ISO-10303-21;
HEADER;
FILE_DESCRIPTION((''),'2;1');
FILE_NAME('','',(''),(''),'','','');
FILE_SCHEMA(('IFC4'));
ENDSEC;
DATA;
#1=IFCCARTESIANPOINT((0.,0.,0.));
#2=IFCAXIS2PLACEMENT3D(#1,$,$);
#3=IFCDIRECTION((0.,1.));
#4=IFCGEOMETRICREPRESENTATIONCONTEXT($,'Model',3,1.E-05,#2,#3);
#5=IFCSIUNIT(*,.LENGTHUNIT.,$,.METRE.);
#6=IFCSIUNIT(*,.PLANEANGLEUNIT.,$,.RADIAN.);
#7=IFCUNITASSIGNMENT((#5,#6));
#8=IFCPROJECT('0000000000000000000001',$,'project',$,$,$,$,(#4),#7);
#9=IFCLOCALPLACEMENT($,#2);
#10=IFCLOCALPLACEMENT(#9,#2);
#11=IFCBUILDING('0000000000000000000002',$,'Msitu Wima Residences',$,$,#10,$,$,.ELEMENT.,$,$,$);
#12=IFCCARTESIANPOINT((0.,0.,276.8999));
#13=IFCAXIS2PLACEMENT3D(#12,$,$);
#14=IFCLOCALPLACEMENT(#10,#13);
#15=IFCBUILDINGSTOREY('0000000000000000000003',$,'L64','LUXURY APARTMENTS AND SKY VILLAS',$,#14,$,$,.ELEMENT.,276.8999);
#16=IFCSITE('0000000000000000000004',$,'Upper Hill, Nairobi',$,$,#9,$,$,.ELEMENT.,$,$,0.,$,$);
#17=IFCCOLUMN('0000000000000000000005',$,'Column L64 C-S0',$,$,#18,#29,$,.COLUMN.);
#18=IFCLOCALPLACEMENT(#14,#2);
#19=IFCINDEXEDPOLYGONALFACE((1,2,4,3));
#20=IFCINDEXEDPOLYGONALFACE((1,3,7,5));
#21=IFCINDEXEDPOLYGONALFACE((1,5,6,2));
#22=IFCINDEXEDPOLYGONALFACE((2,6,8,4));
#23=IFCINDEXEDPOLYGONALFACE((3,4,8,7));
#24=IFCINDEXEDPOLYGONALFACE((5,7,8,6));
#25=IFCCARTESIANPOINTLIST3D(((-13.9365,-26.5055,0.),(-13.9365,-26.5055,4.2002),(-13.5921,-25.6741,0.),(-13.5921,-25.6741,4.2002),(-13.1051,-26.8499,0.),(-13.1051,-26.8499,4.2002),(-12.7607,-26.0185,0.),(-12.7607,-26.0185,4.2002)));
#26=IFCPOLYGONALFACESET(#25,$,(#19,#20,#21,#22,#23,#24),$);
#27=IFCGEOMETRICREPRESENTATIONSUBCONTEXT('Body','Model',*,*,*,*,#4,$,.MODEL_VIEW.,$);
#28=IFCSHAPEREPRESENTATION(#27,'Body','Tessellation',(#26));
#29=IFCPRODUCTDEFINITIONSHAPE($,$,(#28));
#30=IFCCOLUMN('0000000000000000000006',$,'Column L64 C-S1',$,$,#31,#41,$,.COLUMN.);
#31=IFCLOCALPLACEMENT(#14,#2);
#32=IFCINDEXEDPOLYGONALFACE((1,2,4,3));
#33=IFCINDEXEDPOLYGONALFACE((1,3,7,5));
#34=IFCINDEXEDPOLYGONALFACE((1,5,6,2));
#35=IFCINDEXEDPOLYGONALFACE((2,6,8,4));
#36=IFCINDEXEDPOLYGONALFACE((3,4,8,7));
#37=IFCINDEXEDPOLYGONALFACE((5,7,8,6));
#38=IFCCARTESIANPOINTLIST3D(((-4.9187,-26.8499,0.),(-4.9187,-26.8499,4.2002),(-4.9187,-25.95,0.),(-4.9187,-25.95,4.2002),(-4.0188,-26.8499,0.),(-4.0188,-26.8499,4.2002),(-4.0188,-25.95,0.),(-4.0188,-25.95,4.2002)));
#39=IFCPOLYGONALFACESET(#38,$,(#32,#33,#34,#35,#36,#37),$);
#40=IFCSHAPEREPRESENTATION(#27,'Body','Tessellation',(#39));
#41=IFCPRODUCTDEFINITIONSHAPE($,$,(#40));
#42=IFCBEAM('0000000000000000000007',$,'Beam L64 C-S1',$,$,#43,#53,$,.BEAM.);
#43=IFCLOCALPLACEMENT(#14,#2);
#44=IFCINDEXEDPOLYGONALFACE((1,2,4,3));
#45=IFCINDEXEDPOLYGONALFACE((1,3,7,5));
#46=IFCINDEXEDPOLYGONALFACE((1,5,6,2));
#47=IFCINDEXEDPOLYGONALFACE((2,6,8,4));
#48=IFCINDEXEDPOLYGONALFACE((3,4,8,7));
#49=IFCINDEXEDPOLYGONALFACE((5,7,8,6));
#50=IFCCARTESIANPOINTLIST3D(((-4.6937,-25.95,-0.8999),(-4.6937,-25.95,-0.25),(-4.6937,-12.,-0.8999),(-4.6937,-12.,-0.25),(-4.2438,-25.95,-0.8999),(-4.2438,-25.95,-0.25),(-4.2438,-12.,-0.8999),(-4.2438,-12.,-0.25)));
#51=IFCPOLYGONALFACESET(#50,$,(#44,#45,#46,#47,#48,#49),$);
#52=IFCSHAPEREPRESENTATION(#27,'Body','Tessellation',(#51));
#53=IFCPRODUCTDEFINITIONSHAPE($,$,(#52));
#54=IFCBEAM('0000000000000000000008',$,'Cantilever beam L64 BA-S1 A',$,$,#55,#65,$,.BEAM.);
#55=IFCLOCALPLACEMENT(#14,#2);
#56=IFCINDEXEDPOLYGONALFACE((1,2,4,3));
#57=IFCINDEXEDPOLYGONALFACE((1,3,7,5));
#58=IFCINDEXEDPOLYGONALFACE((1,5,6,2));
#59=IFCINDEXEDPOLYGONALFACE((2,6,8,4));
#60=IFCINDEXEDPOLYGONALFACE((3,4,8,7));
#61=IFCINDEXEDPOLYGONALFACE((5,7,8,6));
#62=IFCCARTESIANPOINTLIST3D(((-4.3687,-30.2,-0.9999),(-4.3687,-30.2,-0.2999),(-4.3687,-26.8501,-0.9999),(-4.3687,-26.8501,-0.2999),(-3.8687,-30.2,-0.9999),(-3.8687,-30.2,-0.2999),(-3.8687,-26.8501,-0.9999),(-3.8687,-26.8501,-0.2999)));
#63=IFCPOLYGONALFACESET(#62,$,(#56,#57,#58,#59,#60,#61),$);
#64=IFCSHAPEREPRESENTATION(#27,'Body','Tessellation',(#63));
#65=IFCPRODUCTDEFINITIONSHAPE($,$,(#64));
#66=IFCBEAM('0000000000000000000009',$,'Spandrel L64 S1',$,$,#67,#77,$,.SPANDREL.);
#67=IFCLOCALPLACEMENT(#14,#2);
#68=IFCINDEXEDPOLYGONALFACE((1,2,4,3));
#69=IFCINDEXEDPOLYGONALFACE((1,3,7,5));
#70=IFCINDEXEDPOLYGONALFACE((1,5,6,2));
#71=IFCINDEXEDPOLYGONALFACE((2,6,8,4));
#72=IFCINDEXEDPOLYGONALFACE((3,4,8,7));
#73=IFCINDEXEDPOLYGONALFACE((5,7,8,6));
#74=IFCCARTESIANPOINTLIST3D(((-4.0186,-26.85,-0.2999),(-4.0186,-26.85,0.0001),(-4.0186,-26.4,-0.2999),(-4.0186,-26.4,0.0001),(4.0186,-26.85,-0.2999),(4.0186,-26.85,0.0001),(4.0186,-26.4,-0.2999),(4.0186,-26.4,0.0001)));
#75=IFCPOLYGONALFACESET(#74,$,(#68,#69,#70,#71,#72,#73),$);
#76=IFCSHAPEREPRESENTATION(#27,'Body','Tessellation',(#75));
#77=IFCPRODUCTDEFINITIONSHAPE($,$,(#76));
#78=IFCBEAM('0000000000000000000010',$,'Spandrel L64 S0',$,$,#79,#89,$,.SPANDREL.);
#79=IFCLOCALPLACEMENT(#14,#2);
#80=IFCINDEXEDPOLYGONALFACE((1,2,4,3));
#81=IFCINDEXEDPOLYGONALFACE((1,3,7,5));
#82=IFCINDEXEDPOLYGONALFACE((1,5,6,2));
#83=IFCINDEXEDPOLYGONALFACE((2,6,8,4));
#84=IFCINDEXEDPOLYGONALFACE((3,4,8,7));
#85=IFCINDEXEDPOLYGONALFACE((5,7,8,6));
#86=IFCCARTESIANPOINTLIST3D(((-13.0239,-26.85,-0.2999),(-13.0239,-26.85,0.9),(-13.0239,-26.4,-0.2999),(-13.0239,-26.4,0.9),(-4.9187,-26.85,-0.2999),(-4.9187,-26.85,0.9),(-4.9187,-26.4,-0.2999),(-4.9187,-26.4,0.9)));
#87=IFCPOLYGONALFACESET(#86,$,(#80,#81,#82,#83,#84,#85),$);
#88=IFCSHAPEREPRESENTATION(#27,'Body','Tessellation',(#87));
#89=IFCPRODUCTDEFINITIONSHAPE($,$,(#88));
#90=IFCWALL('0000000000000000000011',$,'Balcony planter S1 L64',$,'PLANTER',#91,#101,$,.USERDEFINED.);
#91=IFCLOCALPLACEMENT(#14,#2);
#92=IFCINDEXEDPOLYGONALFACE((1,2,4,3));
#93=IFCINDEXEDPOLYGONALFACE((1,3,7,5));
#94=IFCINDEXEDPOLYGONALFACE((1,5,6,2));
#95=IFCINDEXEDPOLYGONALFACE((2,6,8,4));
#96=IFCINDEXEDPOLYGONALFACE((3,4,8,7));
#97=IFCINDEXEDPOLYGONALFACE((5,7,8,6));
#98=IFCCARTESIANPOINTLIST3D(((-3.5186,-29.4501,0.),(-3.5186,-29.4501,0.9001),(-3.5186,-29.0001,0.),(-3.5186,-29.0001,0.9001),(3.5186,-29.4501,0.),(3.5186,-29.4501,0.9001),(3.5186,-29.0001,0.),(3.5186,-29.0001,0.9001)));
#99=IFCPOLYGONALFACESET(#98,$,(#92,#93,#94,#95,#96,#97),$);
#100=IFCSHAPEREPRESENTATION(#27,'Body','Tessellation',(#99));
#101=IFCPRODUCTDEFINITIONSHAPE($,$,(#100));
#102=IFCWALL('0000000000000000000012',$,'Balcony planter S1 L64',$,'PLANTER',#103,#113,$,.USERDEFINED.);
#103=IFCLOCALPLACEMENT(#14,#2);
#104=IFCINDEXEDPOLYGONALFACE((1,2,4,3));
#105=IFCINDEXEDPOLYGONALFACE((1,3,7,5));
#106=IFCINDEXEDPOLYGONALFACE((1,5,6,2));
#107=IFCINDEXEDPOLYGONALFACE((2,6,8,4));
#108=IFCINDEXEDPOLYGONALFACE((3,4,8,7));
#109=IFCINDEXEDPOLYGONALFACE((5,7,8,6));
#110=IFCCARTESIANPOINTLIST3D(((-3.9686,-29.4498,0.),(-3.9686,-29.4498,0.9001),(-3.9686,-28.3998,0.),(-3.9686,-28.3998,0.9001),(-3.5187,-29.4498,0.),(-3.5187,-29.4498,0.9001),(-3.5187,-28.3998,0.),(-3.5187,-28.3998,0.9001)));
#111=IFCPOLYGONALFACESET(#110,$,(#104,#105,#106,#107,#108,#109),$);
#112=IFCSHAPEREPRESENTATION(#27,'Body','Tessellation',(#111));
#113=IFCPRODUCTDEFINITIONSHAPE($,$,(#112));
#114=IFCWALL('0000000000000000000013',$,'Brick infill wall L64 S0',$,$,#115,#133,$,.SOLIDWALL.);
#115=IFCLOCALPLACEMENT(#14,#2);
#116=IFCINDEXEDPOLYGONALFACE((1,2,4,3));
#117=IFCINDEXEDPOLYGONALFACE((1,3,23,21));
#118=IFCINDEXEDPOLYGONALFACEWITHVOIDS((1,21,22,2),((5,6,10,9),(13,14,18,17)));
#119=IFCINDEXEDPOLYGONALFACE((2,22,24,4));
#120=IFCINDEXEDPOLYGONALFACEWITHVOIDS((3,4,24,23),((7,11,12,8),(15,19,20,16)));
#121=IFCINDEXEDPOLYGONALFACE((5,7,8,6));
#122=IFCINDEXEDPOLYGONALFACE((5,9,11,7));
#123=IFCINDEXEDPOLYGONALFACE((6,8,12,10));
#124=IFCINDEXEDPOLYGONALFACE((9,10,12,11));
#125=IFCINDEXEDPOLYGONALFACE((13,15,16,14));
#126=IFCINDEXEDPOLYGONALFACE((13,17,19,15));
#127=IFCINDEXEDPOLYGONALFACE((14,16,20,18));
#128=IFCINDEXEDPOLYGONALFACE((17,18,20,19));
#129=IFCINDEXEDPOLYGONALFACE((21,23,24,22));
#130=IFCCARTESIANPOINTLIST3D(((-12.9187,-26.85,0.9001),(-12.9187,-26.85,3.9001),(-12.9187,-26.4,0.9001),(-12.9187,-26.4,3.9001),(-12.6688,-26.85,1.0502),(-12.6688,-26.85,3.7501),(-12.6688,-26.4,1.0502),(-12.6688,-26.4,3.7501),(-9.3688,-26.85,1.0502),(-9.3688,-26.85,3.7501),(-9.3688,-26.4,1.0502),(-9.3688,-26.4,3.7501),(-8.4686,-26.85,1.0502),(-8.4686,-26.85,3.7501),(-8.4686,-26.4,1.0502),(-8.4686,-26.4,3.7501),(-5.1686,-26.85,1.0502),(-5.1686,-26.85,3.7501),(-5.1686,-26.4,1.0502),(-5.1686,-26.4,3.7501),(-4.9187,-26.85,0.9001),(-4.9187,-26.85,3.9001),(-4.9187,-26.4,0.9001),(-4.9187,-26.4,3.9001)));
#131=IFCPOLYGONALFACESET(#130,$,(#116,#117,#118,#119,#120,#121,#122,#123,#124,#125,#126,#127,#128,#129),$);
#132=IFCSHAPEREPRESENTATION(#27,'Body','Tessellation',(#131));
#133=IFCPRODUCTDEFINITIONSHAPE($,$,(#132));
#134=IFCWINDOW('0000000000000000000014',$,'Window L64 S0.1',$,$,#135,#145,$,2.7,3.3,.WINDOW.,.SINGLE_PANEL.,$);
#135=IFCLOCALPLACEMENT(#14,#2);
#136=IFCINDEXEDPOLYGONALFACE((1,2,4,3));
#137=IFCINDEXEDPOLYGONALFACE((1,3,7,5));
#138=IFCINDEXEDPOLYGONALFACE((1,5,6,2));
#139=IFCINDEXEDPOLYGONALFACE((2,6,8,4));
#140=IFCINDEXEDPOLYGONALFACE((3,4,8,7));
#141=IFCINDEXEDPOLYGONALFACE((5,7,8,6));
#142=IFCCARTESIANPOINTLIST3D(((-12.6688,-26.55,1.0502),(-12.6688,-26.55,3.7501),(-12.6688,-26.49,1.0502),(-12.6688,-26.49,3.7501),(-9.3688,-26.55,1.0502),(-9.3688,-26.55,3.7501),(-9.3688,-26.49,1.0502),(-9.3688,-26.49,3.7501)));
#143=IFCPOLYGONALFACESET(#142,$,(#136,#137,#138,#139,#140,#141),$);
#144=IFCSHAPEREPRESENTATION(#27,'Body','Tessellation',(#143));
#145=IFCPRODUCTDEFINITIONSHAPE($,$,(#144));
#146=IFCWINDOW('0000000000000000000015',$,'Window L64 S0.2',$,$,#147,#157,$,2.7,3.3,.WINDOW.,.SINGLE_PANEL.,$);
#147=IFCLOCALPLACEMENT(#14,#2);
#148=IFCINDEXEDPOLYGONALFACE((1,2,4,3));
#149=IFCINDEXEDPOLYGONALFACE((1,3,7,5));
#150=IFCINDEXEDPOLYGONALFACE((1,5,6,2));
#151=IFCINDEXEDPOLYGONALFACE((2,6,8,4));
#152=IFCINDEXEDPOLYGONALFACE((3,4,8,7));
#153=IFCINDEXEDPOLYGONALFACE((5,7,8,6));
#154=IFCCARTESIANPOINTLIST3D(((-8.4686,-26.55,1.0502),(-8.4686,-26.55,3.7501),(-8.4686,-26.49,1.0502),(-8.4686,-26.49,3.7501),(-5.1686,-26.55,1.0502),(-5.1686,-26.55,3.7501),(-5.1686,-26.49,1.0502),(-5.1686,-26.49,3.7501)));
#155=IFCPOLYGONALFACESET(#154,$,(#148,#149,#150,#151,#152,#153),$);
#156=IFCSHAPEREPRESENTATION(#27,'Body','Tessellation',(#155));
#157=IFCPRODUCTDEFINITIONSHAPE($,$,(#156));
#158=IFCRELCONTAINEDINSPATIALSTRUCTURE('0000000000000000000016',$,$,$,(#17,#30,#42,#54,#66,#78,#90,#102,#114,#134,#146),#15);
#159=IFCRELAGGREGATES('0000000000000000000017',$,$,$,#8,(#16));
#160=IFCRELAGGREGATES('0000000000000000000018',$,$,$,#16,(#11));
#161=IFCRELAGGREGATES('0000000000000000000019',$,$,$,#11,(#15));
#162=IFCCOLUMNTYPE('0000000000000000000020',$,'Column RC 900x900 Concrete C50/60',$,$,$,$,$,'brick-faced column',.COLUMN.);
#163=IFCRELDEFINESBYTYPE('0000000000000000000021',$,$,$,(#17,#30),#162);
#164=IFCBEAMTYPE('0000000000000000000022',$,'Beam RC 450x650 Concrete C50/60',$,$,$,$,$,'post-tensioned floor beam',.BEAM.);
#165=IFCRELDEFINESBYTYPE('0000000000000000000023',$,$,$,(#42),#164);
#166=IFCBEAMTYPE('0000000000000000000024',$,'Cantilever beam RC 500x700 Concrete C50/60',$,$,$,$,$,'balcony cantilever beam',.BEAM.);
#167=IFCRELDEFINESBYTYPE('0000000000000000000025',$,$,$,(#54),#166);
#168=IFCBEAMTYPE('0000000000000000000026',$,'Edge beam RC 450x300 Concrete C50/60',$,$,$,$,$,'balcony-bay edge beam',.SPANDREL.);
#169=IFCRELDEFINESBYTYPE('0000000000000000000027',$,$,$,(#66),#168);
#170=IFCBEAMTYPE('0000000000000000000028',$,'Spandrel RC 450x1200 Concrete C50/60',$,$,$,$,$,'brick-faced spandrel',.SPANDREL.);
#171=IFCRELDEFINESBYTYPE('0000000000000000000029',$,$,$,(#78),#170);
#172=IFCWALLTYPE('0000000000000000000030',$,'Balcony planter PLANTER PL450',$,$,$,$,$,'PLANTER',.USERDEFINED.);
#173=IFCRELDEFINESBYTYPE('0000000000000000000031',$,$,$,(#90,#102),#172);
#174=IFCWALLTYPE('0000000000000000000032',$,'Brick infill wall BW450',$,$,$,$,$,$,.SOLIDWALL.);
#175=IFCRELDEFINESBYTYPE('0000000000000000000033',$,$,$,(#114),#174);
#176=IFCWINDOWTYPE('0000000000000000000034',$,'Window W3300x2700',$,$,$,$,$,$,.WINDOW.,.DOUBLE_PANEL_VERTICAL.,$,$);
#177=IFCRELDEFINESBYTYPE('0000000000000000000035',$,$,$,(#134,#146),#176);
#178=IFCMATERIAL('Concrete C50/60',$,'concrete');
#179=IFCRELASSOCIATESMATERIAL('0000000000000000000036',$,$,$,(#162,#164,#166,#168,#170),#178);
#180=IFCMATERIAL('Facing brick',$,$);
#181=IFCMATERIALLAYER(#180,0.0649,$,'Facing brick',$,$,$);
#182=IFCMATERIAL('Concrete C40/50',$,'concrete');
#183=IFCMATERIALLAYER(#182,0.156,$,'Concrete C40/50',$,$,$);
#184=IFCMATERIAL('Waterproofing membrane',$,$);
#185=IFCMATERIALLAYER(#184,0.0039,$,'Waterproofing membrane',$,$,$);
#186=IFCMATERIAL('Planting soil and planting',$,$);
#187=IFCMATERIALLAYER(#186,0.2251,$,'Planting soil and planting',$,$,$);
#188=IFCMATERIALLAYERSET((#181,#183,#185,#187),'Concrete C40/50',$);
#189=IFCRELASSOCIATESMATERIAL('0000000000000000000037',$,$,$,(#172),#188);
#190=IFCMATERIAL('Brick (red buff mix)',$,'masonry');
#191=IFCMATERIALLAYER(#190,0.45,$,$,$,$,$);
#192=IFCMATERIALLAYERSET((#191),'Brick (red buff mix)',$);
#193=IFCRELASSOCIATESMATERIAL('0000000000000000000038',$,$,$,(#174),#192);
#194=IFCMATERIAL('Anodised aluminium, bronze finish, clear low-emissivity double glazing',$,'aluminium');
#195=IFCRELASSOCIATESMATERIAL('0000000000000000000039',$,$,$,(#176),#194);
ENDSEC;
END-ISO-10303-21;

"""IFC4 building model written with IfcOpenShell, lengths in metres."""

from ifc_helpers import new_model, si_unit, direction, frame, frame_2d, origin, origin_2d, place, context, subcontext, project, spatial, rectangle, extrude, material, layer, layer_set, material_profile, profile_set, type_object, element, fill, save


model = new_model("IFC4")

# Units and contexts
model_context = context("Model", 3, precision=1e-05, world=origin(), true_north=direction((0.0, 1.0)))
body_context = subcontext(model_context, "Body", "Model", "MODEL_VIEW")
ifc_project = project(units=[si_unit("LENGTHUNIT", "METRE"), si_unit("PLANEANGLEUNIT", "RADIAN")], contexts=[model_context])

# Site, building, storey
site_placement = place(None, origin())
site = spatial("IfcSite", under=ifc_project, at=site_placement, Name="Upper Hill, Nairobi", CompositionType="ELEMENT", RefElevation=0.0)
building_placement = place(site_placement, origin())
building = spatial("IfcBuilding", under=site, at=building_placement, Name="Msitu Wima Residences", CompositionType="ELEMENT")
storey_placement = place(building_placement, frame((0.0, 0.0, 276.8999)))
storey = spatial("IfcBuildingStorey", under=building, at=storey_placement, Name="L64", Description="LUXURY APARTMENTS AND SKY VILLAS", CompositionType="ELEMENT", Elevation=276.8999)

# Columns
ifc_material_1 = material(Name="Concrete C50/60", Category="concrete")
ifc_material_profile_1 = material_profile(ifc_material_1, rectangle(XDim=0.8999, YDim=0.8999, at=origin_2d()), Name="RC 900x900")
ifc_profile_set_1 = profile_set([ifc_material_profile_1], Name="Concrete C50/60")
column_type = type_object("IfcColumnType", Name="Column RC 900x900 Concrete C50/60", ElementType="brick-faced column", PredefinedType="COLUMN", material=ifc_profile_set_1)
for number, where, z_axis, x_axis, name in (
    (1, (-13.3486, -26.262, 0.0), (0.0, 0.0, 1.0), (0.92388, -0.382683, 0.0), "Column L64 C-S0"),
    (2, (-4.4688, -26.3999, 0.0), (0.0, 0.0, 1.0), (1.0, 0.0, 0.0), "Column L64 C-S1"),
):
    element("IfcColumn", number, at=place(storey_placement, frame(where, z_axis=z_axis, x_axis=x_axis)), inside=storey, type_object=column_type, Name=name, PredefinedType="COLUMN", context=body_context, shape_type="SweptSolid", body=[
        extrude(rectangle(XDim=0.8999, YDim=0.8999, at=origin_2d()), origin(), (0.0, 0.0, 1.0), 4.2002),
    ])

# Beams
ifc_material_profile_2 = material_profile(ifc_material_1, rectangle(XDim=0.45, YDim=0.6499, at=origin_2d()), Name="RC 450x650")
ifc_profile_set_2 = profile_set([ifc_material_profile_2], Name="Concrete C50/60")
beam_type_1 = type_object("IfcBeamType", Name="Beam RC 450x650 Concrete C50/60", ElementType="post-tensioned floor beam", PredefinedType="BEAM", material=ifc_profile_set_2)
beam_1_placement = place(storey_placement, frame((-4.4688, -25.95, -0.575), z_axis=(0.0, 1.0, 0.0), x_axis=(-1.0, 0.0, 0.0)))
element("IfcBeam", 3, at=beam_1_placement, inside=storey, type_object=beam_type_1, Name="Beam L64 C-S1", PredefinedType="BEAM", context=body_context, shape_type="SweptSolid", body=[
    extrude(rectangle(XDim=0.45, YDim=0.6499, at=origin_2d()), origin(), (0.0, 0.0, 1.0), 13.95),
])
ifc_material_profile_3 = material_profile(ifc_material_1, rectangle(XDim=0.5, YDim=0.7, at=origin_2d()), Name="RC 500x700")
ifc_profile_set_3 = profile_set([ifc_material_profile_3], Name="Concrete C50/60")
beam_type_2 = type_object("IfcBeamType", Name="Cantilever beam RC 500x700 Concrete C50/60", ElementType="balcony cantilever beam", PredefinedType="BEAM", material=ifc_profile_set_3)
beam_2_placement = place(storey_placement, frame((-4.1187, -26.8501, -0.6499), z_axis=(0.0, -1.0, 0.0), x_axis=(1.0, 0.0, 0.0)))
element("IfcBeam", 4, at=beam_2_placement, inside=storey, type_object=beam_type_2, Name="Cantilever beam L64 BA-S1 A", PredefinedType="BEAM", context=body_context, shape_type="SweptSolid", body=[
    extrude(rectangle(XDim=0.5, YDim=0.7, at=origin_2d()), origin(), (0.0, 0.0, 1.0), 3.3499),
])
ifc_material_profile_4 = material_profile(ifc_material_1, rectangle(XDim=0.45, YDim=0.3, at=origin_2d()), Name="RC 450x300")
ifc_profile_set_4 = profile_set([ifc_material_profile_4], Name="Concrete C50/60")
beam_type_3 = type_object("IfcBeamType", Name="Edge beam RC 450x300 Concrete C50/60", ElementType="balcony-bay edge beam", PredefinedType="SPANDREL", material=ifc_profile_set_4)
beam_3_placement = place(storey_placement, frame((-4.0186, -26.625, -0.1499), z_axis=(1.0, 0.0, 0.0), x_axis=(0.0, 1.0, 0.0)))
element("IfcBeam", 5, at=beam_3_placement, inside=storey, type_object=beam_type_3, Name="Spandrel L64 S1", PredefinedType="SPANDREL", context=body_context, shape_type="SweptSolid", body=[
    extrude(rectangle(XDim=0.45, YDim=0.3, at=origin_2d()), origin(), (0.0, 0.0, 1.0), 8.0371),
])
ifc_material_profile_5 = material_profile(ifc_material_1, rectangle(XDim=0.45, YDim=1.2, at=origin_2d()), Name="RC 450x1200")
ifc_profile_set_5 = profile_set([ifc_material_profile_5], Name="Concrete C50/60")
beam_type_4 = type_object("IfcBeamType", Name="Spandrel RC 450x1200 Concrete C50/60", ElementType="brick-faced spandrel", PredefinedType="SPANDREL", material=ifc_profile_set_5)
beam_4_placement = place(storey_placement, frame((-13.0239, -26.625, 0.3), z_axis=(1.0, 0.0, 0.0), x_axis=(0.0, 1.0, 0.0)))
element("IfcBeam", 6, at=beam_4_placement, inside=storey, type_object=beam_type_4, Name="Spandrel L64 S0", PredefinedType="SPANDREL", context=body_context, shape_type="SweptSolid", body=[
    extrude(rectangle(XDim=0.45, YDim=1.2, at=origin_2d()), origin(), (0.0, 0.0, 1.0), 8.1052),
])

# Walls
ifc_material_2 = material(Name="Facing brick")
ifc_layer_1 = layer(ifc_material_2, 0.0649, Name="Facing brick")
ifc_material_3 = material(Name="Concrete C40/50", Category="concrete")
ifc_layer_2 = layer(ifc_material_3, 0.156, Name="Concrete C40/50")
ifc_material_4 = material(Name="Waterproofing membrane")
ifc_layer_3 = layer(ifc_material_4, 0.0039, Name="Waterproofing membrane")
ifc_material_5 = material(Name="Planting soil and planting")
ifc_layer_4 = layer(ifc_material_5, 0.2251, Name="Planting soil and planting")
ifc_layer_set_1 = layer_set([ifc_layer_1, ifc_layer_2, ifc_layer_3, ifc_layer_4], Name="Concrete C40/50")
wall_type_1 = type_object("IfcWallType", Name="Balcony planter PLANTER PL450", ElementType="PLANTER", PredefinedType="USERDEFINED", material=ifc_layer_set_1)
wall_1_placement = place(storey_placement, frame((-3.5186, -29.2251, 0.0), z_axis=(0.0, 0.0, 1.0), x_axis=(1.0, 0.0, 0.0)))
element("IfcWall", 7, at=wall_1_placement, inside=storey, type_object=wall_type_1, Name="Balcony planter S1 L64", ObjectType="PLANTER", PredefinedType="USERDEFINED", context=body_context, shape_type="SweptSolid", body=[
    extrude(rectangle(XDim=7.0371, YDim=0.45, at=frame_2d((3.5186, 0.0))), origin(), (0.0, 0.0, 1.0), 0.9001),
])
wall_2_placement = place(storey_placement, frame((-3.7437, -28.3999, 0.0), z_axis=(0.0, 0.0, 1.0), x_axis=(0.0, -1.0, 0.0)))
element("IfcWall", 8, at=wall_2_placement, inside=storey, type_object=wall_type_1, Name="Balcony planter S1 L64", ObjectType="PLANTER", PredefinedType="USERDEFINED", context=body_context, shape_type="SweptSolid", body=[
    extrude(rectangle(XDim=1.05, YDim=0.45, at=frame_2d((0.5249, 0.0))), origin(), (0.0, 0.0, 1.0), 0.9001),
])

# Wall, openings, windows
ifc_material_6 = material(Name="Brick (red buff mix)", Category="masonry")
ifc_layer_5 = layer(ifc_material_6, 0.45)
ifc_layer_set_2 = layer_set([ifc_layer_5], Name="Brick (red buff mix)")
wall_type_2 = type_object("IfcWallType", Name="Brick infill wall BW450", PredefinedType="SOLIDWALL", material=ifc_layer_set_2)
wall_3_placement = place(storey_placement, frame((-12.9187, -26.625, 0.9001), z_axis=(0.0, 0.0, 1.0), x_axis=(1.0, 0.0, 0.0)))
wall_3 = element("IfcWall", 9, at=wall_3_placement, inside=storey, type_object=wall_type_2, Name="Brick infill wall L64 S0", PredefinedType="SOLIDWALL", context=body_context, shape_type="SweptSolid", body=[
    extrude(rectangle(XDim=8.0, YDim=0.45, at=frame_2d((4.0, 0.0))), origin(), (0.0, 0.0, 1.0), 3.0),
])
opening_1_placement = place(wall_3_placement, frame((0.25, 0.0, 0.1499)))
opening_1 = element("IfcOpeningElement", 10, at=opening_1_placement, cuts=wall_3, PredefinedType="OPENING", context=body_context, shape_type="SweptSolid", body=[
    extrude(rectangle(XDim=3.3, YDim=2.7, at=frame_2d((1.6499, 1.3501))), frame((0.0, 0.2349, 0.0), z_axis=(0.0, -1.0, 0.0), x_axis=(1.0, 0.0, 0.0)), (0.0, 0.0, 1.0), 0.47),
])
opening_2_placement = place(wall_3_placement, frame((4.4502, 0.0, 0.1499)))
opening_2 = element("IfcOpeningElement", 11, at=opening_2_placement, cuts=wall_3, PredefinedType="OPENING", context=body_context, shape_type="SweptSolid", body=[
    extrude(rectangle(XDim=3.3, YDim=2.7, at=frame_2d((1.6499, 1.3501))), frame((0.0, 0.2349, 0.0), z_axis=(0.0, -1.0, 0.0), x_axis=(1.0, 0.0, 0.0)), (0.0, 0.0, 1.0), 0.47),
])
ifc_material_7 = material(Name="Anodised aluminium, bronze finish, clear low-emissivity double glazing", Category="aluminium")
window_type = type_object("IfcWindowType", Name="Window W3300x2700", PartitioningType="DOUBLE_PANEL_VERTICAL", PredefinedType="WINDOW", material=ifc_material_7)
window_1_placement = place(opening_1_placement, origin())
window_1 = element("IfcWindow", 12, at=window_1_placement, inside=storey, type_object=window_type, Name="Window L64 S0.1", OverallHeight=2.7, OverallWidth=3.3, PartitioningType="SINGLE_PANEL", PredefinedType="WINDOW", context=body_context, shape_type="SweptSolid", body=[
    extrude(rectangle(XDim=3.3, YDim=2.7, at=frame_2d((1.6499, 1.3501))), frame((0.0, 0.135, 0.0), z_axis=(0.0, -1.0, 0.0), x_axis=(1.0, 0.0, 0.0)), (0.0, 0.0, 1.0), 0.0601),
])
fill(opening_1, window_1)
window_2_placement = place(opening_2_placement, origin())
window_2 = element("IfcWindow", 13, at=window_2_placement, inside=storey, type_object=window_type, Name="Window L64 S0.2", OverallHeight=2.7, OverallWidth=3.3, PartitioningType="SINGLE_PANEL", PredefinedType="WINDOW", context=body_context, shape_type="SweptSolid", body=[
    extrude(rectangle(XDim=3.3, YDim=2.7, at=frame_2d((1.6499, 1.3501))), frame((0.0, 0.135, 0.0), z_axis=(0.0, -1.0, 0.0), x_axis=(1.0, 0.0, 0.0)), (0.0, 0.0, 1.0), 0.0601),
])
fill(opening_2, window_2)

save(model, "model.ifc")
